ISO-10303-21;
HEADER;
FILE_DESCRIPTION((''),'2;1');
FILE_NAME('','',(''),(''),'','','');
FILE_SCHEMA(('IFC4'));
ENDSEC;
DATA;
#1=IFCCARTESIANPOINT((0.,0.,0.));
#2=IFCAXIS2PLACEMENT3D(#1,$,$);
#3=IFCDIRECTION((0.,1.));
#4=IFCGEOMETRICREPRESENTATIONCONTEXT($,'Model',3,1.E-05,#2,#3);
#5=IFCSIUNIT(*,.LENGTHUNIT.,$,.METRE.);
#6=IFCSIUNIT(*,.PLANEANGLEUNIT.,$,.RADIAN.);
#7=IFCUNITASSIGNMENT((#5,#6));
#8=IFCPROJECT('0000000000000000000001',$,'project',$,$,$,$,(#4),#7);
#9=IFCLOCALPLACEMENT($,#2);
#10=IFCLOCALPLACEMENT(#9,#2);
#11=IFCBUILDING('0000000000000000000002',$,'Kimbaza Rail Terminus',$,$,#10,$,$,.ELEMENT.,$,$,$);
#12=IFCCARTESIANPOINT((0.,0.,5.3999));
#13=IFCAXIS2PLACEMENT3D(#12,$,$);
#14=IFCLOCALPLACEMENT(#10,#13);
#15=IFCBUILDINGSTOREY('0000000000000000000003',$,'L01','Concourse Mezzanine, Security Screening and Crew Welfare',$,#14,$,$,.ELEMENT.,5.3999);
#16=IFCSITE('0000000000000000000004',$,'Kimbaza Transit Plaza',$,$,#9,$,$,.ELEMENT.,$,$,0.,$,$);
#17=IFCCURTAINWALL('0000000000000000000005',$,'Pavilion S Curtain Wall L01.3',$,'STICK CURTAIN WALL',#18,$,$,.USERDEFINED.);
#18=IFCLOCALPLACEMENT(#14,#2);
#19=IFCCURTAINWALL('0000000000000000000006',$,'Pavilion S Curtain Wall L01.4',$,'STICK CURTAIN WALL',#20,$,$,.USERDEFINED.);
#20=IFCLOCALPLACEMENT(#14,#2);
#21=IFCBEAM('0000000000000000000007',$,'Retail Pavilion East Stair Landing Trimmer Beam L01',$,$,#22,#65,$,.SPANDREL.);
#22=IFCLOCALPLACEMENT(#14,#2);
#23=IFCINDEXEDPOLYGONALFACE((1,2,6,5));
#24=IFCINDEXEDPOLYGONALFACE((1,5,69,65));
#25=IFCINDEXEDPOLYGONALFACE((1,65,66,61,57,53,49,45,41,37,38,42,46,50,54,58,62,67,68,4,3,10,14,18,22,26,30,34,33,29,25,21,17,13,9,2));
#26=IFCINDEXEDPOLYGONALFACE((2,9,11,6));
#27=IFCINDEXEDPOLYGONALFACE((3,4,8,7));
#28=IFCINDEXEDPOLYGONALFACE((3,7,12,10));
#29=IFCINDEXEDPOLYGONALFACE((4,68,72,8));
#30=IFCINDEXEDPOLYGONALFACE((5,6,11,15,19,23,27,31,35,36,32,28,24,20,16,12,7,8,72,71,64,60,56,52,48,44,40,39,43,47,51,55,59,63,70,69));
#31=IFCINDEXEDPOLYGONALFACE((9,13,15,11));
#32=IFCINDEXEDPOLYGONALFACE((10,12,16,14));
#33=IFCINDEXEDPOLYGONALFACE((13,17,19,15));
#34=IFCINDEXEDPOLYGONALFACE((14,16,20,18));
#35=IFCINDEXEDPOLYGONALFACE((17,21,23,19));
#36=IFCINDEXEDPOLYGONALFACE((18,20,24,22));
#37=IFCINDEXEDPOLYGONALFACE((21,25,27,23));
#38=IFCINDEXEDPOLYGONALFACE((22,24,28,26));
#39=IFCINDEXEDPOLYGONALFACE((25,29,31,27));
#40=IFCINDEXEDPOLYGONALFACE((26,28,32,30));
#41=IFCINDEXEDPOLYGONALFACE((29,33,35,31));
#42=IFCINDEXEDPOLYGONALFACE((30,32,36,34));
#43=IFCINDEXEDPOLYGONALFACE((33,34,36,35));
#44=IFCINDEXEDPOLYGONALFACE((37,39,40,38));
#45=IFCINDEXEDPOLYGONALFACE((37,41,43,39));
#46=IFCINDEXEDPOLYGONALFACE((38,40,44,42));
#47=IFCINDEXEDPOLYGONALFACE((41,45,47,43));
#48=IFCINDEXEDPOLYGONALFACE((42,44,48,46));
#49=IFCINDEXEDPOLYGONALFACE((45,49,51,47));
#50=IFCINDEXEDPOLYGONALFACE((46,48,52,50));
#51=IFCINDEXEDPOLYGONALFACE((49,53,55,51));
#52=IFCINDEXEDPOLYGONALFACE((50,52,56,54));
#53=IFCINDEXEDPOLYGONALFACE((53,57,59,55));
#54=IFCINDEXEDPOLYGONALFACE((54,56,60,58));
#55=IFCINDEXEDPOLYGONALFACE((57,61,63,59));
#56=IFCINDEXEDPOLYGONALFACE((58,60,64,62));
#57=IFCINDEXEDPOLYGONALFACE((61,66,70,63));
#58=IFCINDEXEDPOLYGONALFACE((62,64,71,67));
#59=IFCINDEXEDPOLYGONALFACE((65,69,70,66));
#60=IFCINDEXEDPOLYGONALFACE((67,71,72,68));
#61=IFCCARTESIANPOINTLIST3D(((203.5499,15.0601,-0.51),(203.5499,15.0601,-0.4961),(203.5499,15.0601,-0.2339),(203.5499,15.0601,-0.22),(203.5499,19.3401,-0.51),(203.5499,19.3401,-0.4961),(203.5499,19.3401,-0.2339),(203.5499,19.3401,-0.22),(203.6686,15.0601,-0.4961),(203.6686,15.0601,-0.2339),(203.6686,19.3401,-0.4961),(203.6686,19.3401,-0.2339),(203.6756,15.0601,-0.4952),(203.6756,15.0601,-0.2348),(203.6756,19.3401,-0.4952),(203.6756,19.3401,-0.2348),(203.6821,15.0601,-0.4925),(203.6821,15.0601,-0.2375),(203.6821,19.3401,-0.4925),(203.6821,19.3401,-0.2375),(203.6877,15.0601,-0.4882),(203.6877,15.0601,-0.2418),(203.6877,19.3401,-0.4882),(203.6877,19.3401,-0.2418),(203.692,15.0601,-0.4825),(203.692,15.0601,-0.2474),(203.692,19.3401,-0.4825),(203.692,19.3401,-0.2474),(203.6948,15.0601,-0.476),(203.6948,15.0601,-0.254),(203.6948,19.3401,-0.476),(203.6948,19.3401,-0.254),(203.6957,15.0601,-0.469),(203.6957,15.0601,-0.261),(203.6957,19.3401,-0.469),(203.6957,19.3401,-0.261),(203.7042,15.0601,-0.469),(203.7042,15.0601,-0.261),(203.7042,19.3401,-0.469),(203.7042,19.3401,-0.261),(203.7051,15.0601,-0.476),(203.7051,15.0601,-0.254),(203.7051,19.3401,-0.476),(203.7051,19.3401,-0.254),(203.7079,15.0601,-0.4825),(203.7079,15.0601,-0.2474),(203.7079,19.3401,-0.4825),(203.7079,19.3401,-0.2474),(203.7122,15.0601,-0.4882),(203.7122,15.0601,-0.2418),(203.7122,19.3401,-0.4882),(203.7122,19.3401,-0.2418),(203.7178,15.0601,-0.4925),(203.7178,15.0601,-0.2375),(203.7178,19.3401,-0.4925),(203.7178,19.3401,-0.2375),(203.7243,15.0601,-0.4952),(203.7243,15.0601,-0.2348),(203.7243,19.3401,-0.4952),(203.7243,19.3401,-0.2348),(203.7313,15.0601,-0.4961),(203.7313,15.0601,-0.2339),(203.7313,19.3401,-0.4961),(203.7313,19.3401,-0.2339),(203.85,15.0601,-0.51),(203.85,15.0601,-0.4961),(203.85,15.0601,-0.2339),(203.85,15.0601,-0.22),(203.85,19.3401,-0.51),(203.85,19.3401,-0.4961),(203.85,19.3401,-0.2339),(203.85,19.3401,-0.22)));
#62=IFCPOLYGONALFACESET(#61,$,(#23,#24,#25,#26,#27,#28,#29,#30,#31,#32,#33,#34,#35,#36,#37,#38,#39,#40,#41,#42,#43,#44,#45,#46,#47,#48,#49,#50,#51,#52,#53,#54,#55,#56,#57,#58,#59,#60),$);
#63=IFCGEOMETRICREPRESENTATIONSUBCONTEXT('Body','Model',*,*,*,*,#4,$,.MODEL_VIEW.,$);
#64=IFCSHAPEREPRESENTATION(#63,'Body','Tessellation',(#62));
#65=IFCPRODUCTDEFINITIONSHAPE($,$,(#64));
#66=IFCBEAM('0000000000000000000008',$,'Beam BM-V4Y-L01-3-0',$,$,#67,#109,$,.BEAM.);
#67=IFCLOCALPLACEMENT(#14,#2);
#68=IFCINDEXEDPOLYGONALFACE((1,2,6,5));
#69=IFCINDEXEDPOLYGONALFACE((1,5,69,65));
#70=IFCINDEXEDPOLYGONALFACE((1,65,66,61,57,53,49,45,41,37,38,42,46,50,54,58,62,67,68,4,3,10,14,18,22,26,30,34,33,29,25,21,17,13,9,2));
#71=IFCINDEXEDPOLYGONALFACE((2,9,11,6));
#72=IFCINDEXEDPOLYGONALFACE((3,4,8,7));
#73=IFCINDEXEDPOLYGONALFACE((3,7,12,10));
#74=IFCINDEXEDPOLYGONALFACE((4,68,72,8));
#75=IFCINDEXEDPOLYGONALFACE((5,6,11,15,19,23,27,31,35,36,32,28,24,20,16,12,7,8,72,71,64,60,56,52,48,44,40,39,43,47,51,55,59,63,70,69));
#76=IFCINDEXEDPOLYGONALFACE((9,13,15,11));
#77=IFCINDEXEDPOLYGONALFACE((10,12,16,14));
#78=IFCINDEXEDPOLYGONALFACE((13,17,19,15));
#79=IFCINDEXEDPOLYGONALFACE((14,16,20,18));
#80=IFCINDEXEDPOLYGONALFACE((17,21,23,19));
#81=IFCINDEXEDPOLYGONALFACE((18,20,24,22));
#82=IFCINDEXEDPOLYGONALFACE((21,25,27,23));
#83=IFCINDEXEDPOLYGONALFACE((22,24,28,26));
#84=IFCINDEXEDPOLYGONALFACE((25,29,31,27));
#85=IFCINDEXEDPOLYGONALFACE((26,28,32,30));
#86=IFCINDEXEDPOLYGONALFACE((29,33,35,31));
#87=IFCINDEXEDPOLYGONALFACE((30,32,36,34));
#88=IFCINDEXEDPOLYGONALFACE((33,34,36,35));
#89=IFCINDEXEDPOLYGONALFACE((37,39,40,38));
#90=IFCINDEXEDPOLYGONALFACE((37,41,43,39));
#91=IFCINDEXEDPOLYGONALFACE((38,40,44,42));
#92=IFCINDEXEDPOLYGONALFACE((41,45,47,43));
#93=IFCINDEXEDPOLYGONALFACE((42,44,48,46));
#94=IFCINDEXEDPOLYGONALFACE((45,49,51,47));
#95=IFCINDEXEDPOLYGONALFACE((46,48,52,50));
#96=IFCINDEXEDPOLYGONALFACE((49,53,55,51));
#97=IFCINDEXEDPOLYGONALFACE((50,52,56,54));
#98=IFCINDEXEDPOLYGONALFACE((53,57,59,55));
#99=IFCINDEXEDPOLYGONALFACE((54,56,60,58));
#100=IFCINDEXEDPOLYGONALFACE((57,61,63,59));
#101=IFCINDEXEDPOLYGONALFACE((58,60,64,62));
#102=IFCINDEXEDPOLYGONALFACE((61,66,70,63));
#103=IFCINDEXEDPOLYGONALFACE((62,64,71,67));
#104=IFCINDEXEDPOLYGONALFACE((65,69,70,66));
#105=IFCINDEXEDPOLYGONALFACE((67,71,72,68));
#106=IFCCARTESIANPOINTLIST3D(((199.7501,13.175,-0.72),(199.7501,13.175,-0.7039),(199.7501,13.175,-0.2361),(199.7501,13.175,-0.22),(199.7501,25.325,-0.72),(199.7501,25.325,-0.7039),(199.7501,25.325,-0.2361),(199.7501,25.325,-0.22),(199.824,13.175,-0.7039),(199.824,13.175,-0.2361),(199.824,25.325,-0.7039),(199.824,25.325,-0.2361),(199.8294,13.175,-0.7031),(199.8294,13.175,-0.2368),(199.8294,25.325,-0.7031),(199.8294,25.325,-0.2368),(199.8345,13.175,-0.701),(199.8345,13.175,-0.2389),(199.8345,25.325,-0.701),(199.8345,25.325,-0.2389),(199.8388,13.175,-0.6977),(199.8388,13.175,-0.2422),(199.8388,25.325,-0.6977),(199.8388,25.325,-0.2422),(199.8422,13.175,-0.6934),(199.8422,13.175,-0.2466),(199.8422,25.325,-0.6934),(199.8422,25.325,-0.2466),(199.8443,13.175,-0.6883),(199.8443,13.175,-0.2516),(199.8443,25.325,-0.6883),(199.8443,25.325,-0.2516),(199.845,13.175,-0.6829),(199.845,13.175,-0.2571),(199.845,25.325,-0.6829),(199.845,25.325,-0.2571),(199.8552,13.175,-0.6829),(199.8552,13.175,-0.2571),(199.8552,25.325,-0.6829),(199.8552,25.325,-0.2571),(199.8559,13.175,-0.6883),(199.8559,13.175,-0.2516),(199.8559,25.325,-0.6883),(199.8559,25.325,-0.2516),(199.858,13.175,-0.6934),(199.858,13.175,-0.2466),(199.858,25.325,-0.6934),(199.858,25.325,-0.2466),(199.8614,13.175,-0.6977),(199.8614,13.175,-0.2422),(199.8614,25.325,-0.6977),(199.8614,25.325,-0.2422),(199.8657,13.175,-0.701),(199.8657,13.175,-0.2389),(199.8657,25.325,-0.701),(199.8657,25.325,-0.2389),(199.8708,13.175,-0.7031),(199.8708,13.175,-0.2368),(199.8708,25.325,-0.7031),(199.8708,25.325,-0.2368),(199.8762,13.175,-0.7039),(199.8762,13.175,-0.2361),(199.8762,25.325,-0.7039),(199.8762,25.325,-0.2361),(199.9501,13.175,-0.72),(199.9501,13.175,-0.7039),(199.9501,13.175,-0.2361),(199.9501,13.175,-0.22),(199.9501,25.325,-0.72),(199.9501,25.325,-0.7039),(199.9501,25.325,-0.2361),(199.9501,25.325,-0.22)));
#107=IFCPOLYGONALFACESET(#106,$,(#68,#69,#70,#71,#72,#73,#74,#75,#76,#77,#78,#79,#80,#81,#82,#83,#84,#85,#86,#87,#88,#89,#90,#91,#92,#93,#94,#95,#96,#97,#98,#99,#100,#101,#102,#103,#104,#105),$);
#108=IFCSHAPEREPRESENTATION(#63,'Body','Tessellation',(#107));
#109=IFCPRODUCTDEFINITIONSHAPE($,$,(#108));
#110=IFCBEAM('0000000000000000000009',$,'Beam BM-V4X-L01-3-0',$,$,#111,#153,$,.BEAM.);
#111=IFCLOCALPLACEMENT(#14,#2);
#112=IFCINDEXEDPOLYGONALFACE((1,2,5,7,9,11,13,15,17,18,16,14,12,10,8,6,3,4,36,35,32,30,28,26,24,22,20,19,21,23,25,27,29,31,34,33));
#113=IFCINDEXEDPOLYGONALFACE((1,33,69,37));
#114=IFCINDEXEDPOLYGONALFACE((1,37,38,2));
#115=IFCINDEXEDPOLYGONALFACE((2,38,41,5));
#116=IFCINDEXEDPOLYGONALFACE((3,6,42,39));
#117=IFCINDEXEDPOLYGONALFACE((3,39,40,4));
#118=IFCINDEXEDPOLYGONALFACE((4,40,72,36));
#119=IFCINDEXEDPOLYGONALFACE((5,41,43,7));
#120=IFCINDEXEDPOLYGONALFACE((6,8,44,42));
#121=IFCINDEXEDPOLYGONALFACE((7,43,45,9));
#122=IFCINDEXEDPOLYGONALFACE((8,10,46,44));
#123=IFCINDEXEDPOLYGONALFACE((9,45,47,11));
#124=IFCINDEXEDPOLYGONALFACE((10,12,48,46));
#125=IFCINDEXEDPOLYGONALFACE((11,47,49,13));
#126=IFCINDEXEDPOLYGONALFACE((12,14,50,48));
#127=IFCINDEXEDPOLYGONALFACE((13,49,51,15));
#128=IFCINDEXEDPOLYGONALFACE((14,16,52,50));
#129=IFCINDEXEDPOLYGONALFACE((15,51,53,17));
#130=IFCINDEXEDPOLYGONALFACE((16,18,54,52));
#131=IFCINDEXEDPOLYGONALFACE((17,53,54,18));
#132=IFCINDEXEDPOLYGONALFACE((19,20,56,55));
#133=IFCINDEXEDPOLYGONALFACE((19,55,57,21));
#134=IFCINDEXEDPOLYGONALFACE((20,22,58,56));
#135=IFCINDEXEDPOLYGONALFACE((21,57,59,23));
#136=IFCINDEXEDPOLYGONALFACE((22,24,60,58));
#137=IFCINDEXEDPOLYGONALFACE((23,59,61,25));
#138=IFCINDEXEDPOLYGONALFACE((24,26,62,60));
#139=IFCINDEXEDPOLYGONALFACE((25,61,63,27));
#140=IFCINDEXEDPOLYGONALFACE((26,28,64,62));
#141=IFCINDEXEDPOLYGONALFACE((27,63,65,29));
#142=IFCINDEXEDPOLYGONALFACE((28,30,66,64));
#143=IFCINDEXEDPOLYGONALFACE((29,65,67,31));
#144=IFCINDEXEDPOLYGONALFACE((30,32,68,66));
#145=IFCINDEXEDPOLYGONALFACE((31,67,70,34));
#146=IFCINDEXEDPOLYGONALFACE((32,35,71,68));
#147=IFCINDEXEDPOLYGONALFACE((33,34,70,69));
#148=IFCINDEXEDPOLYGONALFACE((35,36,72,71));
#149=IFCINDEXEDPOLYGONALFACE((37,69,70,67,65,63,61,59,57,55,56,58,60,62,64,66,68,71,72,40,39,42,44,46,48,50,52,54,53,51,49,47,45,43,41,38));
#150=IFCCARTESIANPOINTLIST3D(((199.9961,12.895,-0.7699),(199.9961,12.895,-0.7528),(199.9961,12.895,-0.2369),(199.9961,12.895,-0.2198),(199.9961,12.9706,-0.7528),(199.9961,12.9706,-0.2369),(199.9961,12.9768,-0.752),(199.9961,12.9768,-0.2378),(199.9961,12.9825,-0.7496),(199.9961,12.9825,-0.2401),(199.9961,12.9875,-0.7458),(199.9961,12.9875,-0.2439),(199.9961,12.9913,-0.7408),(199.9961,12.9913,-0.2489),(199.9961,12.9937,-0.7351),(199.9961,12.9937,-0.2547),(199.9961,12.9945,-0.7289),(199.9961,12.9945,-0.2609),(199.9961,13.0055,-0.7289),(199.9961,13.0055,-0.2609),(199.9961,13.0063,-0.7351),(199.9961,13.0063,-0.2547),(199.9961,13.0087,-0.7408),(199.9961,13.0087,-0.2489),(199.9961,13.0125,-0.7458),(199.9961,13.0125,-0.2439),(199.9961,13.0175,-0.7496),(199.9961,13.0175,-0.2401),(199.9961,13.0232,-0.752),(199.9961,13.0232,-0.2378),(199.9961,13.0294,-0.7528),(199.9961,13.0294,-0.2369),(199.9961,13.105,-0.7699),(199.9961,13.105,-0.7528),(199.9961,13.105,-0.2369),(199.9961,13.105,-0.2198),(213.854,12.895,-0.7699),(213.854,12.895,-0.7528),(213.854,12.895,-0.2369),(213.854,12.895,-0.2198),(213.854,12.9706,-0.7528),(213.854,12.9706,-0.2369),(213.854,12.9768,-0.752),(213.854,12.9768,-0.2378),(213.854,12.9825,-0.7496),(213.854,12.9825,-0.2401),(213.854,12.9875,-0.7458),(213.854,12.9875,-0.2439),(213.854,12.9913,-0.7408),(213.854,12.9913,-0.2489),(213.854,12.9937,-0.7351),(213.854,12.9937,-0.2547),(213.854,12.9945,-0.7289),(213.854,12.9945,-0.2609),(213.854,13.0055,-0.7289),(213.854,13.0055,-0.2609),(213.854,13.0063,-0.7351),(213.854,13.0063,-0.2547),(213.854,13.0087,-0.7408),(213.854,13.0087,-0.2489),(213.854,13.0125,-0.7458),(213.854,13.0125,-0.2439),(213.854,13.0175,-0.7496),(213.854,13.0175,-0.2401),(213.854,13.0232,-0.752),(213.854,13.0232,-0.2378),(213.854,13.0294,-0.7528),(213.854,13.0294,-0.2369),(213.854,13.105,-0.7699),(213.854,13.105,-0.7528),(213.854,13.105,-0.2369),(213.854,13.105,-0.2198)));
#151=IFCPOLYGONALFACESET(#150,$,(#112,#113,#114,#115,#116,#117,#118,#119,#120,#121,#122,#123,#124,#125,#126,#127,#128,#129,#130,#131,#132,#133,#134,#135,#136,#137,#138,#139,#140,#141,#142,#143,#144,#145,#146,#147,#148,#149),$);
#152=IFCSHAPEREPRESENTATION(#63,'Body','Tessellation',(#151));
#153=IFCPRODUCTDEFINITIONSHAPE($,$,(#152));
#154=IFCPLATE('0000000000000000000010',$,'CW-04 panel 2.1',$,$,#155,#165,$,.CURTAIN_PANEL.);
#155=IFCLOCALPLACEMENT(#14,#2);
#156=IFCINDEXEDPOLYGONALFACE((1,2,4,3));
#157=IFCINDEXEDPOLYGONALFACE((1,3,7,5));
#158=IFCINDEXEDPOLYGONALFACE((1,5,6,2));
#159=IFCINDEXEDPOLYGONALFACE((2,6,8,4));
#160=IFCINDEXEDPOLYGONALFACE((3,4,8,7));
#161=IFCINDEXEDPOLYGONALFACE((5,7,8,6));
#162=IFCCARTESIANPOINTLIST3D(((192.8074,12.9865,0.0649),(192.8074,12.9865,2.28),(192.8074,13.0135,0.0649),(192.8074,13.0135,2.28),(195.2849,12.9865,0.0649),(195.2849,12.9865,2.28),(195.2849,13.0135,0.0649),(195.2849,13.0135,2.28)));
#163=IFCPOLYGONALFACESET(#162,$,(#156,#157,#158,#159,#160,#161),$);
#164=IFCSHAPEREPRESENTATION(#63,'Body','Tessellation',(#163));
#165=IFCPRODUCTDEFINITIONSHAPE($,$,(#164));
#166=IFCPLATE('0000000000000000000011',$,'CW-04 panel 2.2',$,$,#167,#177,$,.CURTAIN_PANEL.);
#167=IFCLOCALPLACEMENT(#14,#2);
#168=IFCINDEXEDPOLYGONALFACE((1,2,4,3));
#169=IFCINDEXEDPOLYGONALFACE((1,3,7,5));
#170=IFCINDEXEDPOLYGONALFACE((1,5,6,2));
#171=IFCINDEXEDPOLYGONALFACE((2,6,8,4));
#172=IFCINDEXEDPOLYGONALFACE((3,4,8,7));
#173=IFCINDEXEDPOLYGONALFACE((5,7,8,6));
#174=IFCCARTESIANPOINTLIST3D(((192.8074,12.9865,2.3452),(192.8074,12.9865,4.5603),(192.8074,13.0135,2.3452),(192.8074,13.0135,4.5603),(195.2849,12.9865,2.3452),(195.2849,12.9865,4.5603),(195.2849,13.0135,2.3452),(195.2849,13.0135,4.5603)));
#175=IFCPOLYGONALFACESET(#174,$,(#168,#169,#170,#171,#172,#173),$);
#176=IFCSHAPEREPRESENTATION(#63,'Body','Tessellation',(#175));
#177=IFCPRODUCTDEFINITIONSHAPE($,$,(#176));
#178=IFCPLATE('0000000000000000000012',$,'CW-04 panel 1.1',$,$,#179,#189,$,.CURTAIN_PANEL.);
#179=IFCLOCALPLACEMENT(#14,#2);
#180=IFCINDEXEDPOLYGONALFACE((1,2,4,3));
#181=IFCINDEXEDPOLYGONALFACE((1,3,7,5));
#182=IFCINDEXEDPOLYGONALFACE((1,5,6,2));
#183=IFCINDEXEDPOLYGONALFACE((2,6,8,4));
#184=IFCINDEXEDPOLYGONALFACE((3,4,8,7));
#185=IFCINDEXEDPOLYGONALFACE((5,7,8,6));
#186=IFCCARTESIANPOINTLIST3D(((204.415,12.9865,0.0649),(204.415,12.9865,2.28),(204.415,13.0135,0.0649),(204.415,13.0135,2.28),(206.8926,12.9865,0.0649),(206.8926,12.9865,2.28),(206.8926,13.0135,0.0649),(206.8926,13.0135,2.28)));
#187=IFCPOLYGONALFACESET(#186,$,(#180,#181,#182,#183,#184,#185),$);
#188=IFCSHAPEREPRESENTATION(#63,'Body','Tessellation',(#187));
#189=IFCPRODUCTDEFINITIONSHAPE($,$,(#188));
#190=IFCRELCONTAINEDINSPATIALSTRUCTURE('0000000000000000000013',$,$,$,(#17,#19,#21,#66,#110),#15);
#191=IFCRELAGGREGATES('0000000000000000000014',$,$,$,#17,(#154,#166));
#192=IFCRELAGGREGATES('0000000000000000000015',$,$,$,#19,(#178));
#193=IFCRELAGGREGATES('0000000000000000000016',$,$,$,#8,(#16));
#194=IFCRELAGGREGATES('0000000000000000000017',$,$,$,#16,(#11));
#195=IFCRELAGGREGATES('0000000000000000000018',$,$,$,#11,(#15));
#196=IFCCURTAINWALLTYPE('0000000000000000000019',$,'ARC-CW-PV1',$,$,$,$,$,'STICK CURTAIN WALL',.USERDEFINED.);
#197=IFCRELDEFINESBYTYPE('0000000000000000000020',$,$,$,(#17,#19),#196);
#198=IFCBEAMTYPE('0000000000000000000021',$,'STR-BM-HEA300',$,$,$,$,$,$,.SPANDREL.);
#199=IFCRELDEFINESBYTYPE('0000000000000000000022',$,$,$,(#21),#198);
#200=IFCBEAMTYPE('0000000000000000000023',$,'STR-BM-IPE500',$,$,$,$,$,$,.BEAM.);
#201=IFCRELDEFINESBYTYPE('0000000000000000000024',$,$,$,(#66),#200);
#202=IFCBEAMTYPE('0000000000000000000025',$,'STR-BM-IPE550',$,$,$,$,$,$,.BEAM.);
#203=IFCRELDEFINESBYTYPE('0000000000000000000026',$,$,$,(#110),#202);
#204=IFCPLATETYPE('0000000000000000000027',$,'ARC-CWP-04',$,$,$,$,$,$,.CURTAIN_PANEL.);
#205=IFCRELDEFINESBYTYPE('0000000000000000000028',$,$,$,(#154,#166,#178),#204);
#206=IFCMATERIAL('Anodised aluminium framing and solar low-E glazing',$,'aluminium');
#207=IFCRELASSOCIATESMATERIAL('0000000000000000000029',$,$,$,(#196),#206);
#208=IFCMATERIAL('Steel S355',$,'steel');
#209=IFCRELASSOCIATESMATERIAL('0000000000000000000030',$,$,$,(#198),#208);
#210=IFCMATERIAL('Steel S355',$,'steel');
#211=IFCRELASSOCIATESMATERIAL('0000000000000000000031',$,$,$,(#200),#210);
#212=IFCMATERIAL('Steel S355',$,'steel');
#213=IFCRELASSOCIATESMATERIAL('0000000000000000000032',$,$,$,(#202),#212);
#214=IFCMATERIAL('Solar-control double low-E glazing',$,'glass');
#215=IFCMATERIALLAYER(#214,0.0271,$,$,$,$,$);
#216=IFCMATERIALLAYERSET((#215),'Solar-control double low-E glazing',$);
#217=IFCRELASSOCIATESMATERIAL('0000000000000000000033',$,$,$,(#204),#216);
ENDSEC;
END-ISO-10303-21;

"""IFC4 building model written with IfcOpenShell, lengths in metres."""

from ifc_helpers import new_model, si_unit, direction, frame, origin, origin_2d, place, context, subcontext, project, spatial, rectangle, i_section, extrude, material, layer, layer_set, material_profile, profile_set, type_object, element, aggregate, save


model = new_model("IFC4")

# Units and contexts
model_context = context("Model", 3, precision=1e-05, world=origin(), true_north=direction((0.0, 1.0)))
body_context = subcontext(model_context, "Body", "Model", "MODEL_VIEW")
ifc_project = project(units=[si_unit("LENGTHUNIT", "METRE"), si_unit("PLANEANGLEUNIT", "RADIAN")], contexts=[model_context])

# Site, building, storey
site_placement = place(None, origin())
site = spatial("IfcSite", under=ifc_project, at=site_placement, Name="Kimbaza Transit Plaza", CompositionType="ELEMENT", RefElevation=0.0)
building_placement = place(site_placement, origin())
building = spatial("IfcBuilding", under=site, at=building_placement, Name="Kimbaza Rail Terminus", CompositionType="ELEMENT")
storey_placement = place(building_placement, frame((0.0, 0.0, 5.3999)))
storey = spatial("IfcBuildingStorey", under=building, at=storey_placement, Name="L01", Description="Concourse Mezzanine, Security Screening and Crew Welfare", CompositionType="ELEMENT", Elevation=5.3999)

# Curtain wall
ifc_material_1 = material(Name="Anodised aluminium framing and solar low-E glazing", Category="aluminium")
curtain_wall_type = type_object("IfcCurtainWallType", Name="ARC-CW-PV1", ElementType="STICK CURTAIN WALL", PredefinedType="USERDEFINED", material=ifc_material_1)
curtain_wall_1_placement = place(storey_placement, origin())
curtain_wall_1 = element("IfcCurtainWall", 1, at=curtain_wall_1_placement, inside=storey, type_object=curtain_wall_type, Name="Pavilion S Curtain Wall L01.3", ObjectType="STICK CURTAIN WALL", PredefinedType="USERDEFINED")

# Curtain wall
curtain_wall_2_placement = place(storey_placement, origin())
curtain_wall_2 = element("IfcCurtainWall", 2, at=curtain_wall_2_placement, inside=storey, type_object=curtain_wall_type, Name="Pavilion S Curtain Wall L01.4", ObjectType="STICK CURTAIN WALL", PredefinedType="USERDEFINED")

# Beams
ifc_material_2 = material(Name="Steel S355", Category="steel")
ifc_material_profile_1 = material_profile(ifc_material_2, i_section(OverallWidth=0.3, OverallDepth=0.29, WebThickness=0.0085, FlangeThickness=0.0139, FilletRadius=0.0271, at=origin_2d()), Name="HEA 300")
ifc_profile_set_1 = profile_set([ifc_material_profile_1], Name="Steel S355")
beam_type_1 = type_object("IfcBeamType", Name="STR-BM-HEA300", PredefinedType="SPANDREL", material=ifc_profile_set_1)
beam_1_placement = place(storey_placement, frame((203.7, 15.0601, -0.365), z_axis=(0.0, 1.0, 0.0), x_axis=(-1.0, 0.0, 0.0)))
element("IfcBeam", 3, at=beam_1_placement, inside=storey, type_object=beam_type_1, Name="Retail Pavilion East Stair Landing Trimmer Beam L01", PredefinedType="SPANDREL", context=body_context, shape_type="SweptSolid", body=[
    extrude(i_section(OverallWidth=0.3, OverallDepth=0.29, WebThickness=0.0085, FlangeThickness=0.0139, FilletRadius=0.0271, at=origin_2d()), origin(), (0.0, 0.0, 1.0), 4.28),
])
ifc_material_3 = material(Name="Steel S355", Category="steel")
ifc_material_profile_2 = material_profile(ifc_material_3, i_section(OverallWidth=0.2, OverallDepth=0.5, WebThickness=0.0103, FlangeThickness=0.0161, FilletRadius=0.021, at=origin_2d()), Name="IPE 500")
ifc_profile_set_2 = profile_set([ifc_material_profile_2], Name="Steel S355")
beam_type_2 = type_object("IfcBeamType", Name="STR-BM-IPE500", PredefinedType="BEAM", material=ifc_profile_set_2)
beam_2_placement = place(storey_placement, frame((199.8501, 13.175, -0.47), z_axis=(0.0, 1.0, 0.0), x_axis=(-1.0, 0.0, 0.0)))
element("IfcBeam", 4, at=beam_2_placement, inside=storey, type_object=beam_type_2, Name="Beam BM-V4Y-L01-3-0", PredefinedType="BEAM", context=body_context, shape_type="SweptSolid", body=[
    extrude(i_section(OverallWidth=0.2, OverallDepth=0.5, WebThickness=0.0103, FlangeThickness=0.0161, FilletRadius=0.021, at=origin_2d()), origin(), (0.0, 0.0, 1.0), 12.1499),
])
ifc_material_4 = material(Name="Steel S355", Category="steel")
ifc_material_profile_3 = material_profile(ifc_material_4, i_section(OverallWidth=0.21, OverallDepth=0.55, WebThickness=0.011, FlangeThickness=0.0171, FilletRadius=0.0239, at=origin_2d()), Name="IPE 550")
ifc_profile_set_3 = profile_set([ifc_material_profile_3], Name="Steel S355")
beam_type_3 = type_object("IfcBeamType", Name="STR-BM-IPE550", PredefinedType="BEAM", material=ifc_profile_set_3)
beam_3_placement = place(storey_placement, frame((199.9961, 13.0, -0.4949), z_axis=(1.0, 0.0, 0.0), x_axis=(0.0, 1.0, 0.0)))
element("IfcBeam", 5, at=beam_3_placement, inside=storey, type_object=beam_type_3, Name="Beam BM-V4X-L01-3-0", PredefinedType="BEAM", context=body_context, shape_type="SweptSolid", body=[
    extrude(i_section(OverallWidth=0.21, OverallDepth=0.55, WebThickness=0.011, FlangeThickness=0.0171, FilletRadius=0.0239, at=origin_2d()), origin(), (0.0, 0.0, 1.0), 13.8579),
])

# Plates
ifc_material_5 = material(Name="Solar-control double low-E glazing", Category="glass")
ifc_layer_1 = layer(ifc_material_5, 0.0271)
ifc_layer_set_1 = layer_set([ifc_layer_1], Name="Solar-control double low-E glazing")
plate_type = type_object("IfcPlateType", Name="ARC-CWP-04", PredefinedType="CURTAIN_PANEL", material=ifc_layer_set_1)
plate_1_placement = place(storey_placement, frame((194.0461, 13.0, 0.0649), z_axis=(0.0, 0.0, 1.0), x_axis=(1.0, 0.0, 0.0)))
plate_1 = element("IfcPlate", 6, at=plate_1_placement, type_object=plate_type, Name="CW-04 panel 2.1", PredefinedType="CURTAIN_PANEL", context=body_context, shape_type="SweptSolid", body=[
    extrude(rectangle(XDim=2.4775, YDim=0.0271, at=origin_2d()), origin(), (0.0, 0.0, 1.0), 2.2151),
])
plate_2_placement = place(storey_placement, frame((194.0461, 13.0, 2.3452), z_axis=(0.0, 0.0, 1.0), x_axis=(1.0, 0.0, 0.0)))
plate_2 = element("IfcPlate", 7, at=plate_2_placement, type_object=plate_type, Name="CW-04 panel 2.2", PredefinedType="CURTAIN_PANEL", context=body_context, shape_type="SweptSolid", body=[
    extrude(rectangle(XDim=2.4775, YDim=0.0271, at=origin_2d()), origin(), (0.0, 0.0, 1.0), 2.2151),
])
aggregate(curtain_wall_1, [plate_1, plate_2])
plate_3_placement = place(storey_placement, frame((205.6538, 13.0, 0.0649), z_axis=(0.0, 0.0, 1.0), x_axis=(1.0, 0.0, 0.0)))
plate_3 = element("IfcPlate", 8, at=plate_3_placement, type_object=plate_type, Name="CW-04 panel 1.1", PredefinedType="CURTAIN_PANEL", context=body_context, shape_type="SweptSolid", body=[
    extrude(rectangle(XDim=2.4775, YDim=0.0271, at=origin_2d()), origin(), (0.0, 0.0, 1.0), 2.2151),
])
aggregate(curtain_wall_2, [plate_3])

save(model, "model.ifc")
